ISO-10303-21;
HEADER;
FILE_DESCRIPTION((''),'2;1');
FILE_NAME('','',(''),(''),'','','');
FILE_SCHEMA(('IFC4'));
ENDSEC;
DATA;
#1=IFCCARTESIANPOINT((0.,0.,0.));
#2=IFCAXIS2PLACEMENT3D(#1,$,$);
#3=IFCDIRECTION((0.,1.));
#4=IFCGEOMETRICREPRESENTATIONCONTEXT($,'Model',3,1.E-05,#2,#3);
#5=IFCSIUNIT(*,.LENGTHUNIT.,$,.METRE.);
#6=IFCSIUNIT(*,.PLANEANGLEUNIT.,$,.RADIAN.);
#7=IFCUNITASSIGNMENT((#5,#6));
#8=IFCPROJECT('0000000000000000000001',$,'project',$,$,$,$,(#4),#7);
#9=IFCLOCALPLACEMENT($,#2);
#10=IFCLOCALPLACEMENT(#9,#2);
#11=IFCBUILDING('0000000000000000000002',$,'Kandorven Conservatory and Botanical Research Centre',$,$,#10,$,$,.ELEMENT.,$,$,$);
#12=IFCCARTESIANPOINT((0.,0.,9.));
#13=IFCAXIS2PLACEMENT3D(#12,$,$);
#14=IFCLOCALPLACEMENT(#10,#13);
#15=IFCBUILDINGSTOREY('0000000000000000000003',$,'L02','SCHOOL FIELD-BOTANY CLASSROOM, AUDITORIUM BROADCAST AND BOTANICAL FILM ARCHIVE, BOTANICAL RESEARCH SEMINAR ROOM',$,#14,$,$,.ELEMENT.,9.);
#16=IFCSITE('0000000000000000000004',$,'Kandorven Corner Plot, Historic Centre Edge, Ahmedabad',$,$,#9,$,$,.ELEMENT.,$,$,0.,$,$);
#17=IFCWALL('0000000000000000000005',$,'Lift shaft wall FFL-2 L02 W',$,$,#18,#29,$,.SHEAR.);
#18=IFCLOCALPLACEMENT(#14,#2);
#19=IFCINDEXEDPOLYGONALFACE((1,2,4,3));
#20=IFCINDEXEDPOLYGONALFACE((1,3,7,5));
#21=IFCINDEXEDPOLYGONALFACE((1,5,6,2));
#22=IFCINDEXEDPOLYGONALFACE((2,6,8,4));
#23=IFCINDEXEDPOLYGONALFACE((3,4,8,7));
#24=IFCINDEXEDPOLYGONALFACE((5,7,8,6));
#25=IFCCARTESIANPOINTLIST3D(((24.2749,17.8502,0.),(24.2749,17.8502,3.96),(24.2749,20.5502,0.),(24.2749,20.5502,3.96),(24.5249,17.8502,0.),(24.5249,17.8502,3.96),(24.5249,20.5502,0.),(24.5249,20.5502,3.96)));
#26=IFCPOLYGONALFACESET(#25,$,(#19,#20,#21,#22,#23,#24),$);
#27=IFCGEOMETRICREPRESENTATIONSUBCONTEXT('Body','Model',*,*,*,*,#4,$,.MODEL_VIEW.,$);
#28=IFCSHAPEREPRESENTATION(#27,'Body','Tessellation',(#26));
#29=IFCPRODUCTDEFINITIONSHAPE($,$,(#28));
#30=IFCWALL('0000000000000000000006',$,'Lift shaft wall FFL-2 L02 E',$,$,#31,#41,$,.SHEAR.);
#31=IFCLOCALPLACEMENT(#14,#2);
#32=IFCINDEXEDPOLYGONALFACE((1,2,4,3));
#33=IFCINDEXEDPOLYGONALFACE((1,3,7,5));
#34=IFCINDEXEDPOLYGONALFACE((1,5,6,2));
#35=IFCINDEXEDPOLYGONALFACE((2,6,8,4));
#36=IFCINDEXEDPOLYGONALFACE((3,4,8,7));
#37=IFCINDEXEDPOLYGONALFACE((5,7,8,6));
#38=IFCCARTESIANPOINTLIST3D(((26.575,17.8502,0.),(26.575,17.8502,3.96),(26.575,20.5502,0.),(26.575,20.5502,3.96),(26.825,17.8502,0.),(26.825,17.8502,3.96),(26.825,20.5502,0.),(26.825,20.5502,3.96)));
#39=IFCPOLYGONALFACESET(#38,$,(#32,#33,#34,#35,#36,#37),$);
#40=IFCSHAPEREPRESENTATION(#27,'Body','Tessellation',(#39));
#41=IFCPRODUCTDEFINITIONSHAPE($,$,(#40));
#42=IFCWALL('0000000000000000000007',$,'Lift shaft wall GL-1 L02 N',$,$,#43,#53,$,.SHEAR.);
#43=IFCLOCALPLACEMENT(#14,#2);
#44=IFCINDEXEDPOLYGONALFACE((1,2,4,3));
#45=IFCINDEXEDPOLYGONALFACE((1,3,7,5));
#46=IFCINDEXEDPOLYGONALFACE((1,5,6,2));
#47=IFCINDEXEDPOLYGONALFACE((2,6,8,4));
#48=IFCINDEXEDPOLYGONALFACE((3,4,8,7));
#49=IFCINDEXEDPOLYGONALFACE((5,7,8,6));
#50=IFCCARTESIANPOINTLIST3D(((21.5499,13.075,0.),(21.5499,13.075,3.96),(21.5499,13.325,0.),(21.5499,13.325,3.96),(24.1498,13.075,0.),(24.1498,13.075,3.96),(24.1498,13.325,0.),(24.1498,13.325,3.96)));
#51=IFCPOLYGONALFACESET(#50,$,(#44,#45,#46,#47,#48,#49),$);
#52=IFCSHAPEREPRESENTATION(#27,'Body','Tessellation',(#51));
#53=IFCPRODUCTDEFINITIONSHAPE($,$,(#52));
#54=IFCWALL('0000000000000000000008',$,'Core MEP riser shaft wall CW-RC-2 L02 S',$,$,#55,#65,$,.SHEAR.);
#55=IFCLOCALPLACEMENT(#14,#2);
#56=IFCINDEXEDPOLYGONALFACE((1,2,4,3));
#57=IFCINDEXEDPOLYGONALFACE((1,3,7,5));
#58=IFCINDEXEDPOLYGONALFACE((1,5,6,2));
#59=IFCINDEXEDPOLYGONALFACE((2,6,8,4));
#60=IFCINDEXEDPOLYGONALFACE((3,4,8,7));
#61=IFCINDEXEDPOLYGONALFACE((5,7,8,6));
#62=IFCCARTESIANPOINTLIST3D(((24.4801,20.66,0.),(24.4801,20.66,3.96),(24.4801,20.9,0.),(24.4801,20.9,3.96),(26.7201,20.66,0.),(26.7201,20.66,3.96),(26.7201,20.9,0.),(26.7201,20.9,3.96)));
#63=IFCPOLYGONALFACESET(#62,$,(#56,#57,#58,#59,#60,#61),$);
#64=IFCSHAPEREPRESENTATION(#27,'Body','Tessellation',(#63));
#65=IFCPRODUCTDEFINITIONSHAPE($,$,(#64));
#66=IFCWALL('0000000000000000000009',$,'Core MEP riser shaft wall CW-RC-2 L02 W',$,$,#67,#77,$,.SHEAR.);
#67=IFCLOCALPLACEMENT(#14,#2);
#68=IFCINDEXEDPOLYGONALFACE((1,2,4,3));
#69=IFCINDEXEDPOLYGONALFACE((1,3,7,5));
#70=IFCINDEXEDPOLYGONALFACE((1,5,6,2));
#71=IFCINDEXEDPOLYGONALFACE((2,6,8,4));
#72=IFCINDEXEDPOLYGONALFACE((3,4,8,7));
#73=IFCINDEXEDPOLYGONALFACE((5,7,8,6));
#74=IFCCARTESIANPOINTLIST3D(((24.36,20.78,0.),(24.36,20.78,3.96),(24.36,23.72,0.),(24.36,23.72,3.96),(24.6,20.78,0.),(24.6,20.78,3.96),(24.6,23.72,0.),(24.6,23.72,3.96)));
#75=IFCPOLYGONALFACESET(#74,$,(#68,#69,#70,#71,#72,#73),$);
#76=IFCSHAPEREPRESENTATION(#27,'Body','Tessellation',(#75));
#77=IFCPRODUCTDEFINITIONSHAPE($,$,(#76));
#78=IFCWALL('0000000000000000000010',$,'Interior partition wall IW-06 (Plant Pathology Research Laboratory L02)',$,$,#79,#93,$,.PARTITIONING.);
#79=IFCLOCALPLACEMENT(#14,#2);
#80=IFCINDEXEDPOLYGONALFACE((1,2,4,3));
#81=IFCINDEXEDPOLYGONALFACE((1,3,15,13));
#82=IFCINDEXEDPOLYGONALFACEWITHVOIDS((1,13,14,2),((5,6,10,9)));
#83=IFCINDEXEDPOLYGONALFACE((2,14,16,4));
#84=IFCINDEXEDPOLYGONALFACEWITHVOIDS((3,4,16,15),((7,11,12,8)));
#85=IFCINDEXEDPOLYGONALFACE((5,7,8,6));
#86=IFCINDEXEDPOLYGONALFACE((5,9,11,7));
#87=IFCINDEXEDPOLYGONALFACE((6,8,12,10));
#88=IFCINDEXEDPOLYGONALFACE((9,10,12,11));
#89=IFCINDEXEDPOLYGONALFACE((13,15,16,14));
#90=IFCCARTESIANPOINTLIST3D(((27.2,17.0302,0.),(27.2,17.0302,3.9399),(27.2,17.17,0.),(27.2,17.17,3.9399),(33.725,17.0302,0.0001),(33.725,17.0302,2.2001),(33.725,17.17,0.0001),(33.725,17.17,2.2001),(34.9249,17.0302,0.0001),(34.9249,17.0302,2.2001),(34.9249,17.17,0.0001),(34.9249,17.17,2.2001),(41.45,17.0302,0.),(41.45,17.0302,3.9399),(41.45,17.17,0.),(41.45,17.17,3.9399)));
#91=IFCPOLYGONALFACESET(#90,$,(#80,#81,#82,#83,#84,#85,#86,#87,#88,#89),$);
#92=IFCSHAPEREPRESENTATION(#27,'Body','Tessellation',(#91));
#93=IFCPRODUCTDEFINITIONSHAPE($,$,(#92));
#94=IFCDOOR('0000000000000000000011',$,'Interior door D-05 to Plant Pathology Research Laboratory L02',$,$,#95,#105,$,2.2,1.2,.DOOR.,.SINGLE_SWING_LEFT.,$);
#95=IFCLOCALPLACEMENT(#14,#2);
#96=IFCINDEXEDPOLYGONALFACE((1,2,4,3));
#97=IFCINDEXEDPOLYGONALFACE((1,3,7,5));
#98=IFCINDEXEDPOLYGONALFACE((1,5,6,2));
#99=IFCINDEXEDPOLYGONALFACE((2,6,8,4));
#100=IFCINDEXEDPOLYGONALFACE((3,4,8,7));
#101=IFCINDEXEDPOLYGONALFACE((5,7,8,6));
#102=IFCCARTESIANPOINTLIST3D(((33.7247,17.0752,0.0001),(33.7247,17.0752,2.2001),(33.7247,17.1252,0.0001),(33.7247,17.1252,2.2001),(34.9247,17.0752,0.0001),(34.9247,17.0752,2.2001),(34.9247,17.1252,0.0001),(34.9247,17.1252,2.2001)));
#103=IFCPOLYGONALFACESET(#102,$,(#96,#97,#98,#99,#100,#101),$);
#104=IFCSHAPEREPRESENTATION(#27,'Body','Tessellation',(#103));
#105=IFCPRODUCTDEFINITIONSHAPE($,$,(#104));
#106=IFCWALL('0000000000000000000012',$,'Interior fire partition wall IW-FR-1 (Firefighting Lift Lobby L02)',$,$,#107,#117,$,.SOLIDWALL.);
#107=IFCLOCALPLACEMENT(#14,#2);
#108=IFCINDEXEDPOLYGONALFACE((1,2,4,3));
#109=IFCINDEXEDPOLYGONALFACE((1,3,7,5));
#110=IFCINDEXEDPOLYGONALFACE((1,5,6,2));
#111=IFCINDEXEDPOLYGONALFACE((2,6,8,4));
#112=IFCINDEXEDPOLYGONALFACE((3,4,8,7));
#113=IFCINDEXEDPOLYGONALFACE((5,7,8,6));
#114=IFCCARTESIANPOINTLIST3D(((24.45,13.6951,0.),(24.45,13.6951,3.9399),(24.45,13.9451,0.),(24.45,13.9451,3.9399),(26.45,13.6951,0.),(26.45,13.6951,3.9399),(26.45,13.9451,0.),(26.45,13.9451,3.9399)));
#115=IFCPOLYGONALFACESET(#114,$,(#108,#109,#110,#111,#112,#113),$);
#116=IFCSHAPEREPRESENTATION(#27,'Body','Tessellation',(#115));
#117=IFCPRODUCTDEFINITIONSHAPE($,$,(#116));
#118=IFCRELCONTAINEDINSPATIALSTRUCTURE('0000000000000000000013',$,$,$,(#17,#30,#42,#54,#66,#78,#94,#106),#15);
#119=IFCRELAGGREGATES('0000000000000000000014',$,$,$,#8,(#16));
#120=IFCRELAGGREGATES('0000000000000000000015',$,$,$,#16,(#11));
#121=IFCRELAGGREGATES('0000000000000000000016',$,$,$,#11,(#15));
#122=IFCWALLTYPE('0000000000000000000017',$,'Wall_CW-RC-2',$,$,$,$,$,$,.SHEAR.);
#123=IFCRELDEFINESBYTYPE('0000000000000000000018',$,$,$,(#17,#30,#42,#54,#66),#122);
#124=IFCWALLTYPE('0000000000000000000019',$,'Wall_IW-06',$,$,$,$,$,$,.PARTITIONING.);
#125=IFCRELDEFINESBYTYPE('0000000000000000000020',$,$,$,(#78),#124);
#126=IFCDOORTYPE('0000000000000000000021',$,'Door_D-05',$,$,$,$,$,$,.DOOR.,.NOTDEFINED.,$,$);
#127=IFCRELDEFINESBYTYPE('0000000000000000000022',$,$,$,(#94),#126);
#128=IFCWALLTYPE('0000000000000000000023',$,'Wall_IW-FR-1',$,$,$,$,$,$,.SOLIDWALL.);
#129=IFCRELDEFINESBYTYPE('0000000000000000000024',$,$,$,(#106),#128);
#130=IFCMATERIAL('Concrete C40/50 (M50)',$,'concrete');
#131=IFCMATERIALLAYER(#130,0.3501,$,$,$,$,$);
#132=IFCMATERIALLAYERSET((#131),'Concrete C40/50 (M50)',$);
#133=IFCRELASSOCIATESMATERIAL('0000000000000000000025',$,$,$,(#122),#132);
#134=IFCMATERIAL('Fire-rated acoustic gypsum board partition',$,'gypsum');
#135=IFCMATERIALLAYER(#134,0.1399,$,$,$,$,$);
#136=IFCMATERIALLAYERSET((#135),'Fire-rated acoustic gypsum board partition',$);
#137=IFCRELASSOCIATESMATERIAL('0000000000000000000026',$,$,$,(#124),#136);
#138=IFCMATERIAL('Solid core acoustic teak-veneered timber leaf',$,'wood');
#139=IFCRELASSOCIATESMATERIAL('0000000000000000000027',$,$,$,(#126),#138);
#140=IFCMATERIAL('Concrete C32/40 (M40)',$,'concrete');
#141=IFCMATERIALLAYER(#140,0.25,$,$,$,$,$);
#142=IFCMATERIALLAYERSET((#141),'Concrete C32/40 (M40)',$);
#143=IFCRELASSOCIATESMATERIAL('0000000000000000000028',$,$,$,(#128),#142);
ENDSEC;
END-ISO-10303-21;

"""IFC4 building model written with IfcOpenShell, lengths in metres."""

from ifc_helpers import new_model, si_unit, direction, frame, frame_2d, origin, place, context, subcontext, project, spatial, rectangle, extrude, material, layer, layer_set, type_object, element, fill, save


model = new_model("IFC4")

# Units and contexts
model_context = context("Model", 3, precision=1e-05, world=origin(), true_north=direction((0.0, 1.0)))
body_context = subcontext(model_context, "Body", "Model", "MODEL_VIEW")
ifc_project = project(units=[si_unit("LENGTHUNIT", "METRE"), si_unit("PLANEANGLEUNIT", "RADIAN")], contexts=[model_context])

# Site, building, storey
site_placement = place(None, origin())
site = spatial("IfcSite", under=ifc_project, at=site_placement, Name="Kandorven Corner Plot, Historic Centre Edge, Ahmedabad", CompositionType="ELEMENT", RefElevation=0.0)
building_placement = place(site_placement, origin())
building = spatial("IfcBuilding", under=site, at=building_placement, Name="Kandorven Conservatory and Botanical Research Centre", CompositionType="ELEMENT")
storey_placement = place(building_placement, frame((0.0, 0.0, 9.0)))
storey = spatial("IfcBuildingStorey", under=building, at=storey_placement, Name="L02", Description="SCHOOL FIELD-BOTANY CLASSROOM, AUDITORIUM BROADCAST AND BOTANICAL FILM ARCHIVE, BOTANICAL RESEARCH SEMINAR ROOM", CompositionType="ELEMENT", Elevation=9.0)

# Shared definitions
ifc_material_1 = material(Name="Concrete C40/50 (M50)", Category="concrete")
ifc_layer_1 = layer(ifc_material_1, 0.3501)
ifc_layer_set_1 = layer_set([ifc_layer_1], Name="Concrete C40/50 (M50)")
wall_type_1 = type_object("IfcWallType", Name="Wall_CW-RC-2", PredefinedType="SHEAR", material=ifc_layer_set_1)

# Walls
for number, where, z_axis, x_axis, name in (
    (1, (24.3999, 17.8501, 0.0), (0.0, 0.0, 1.0), (0.0, 1.0, 0.0), "Lift shaft wall FFL-2 L02 W"),
    (2, (26.7, 17.8501, 0.0), (0.0, 0.0, 1.0), (0.0, 1.0, 0.0), "Lift shaft wall FFL-2 L02 E"),
):
    element("IfcWall", number, at=place(storey_placement, frame(where, z_axis=z_axis, x_axis=x_axis)), inside=storey, type_object=wall_type_1, Name=name, PredefinedType="SHEAR", context=body_context, shape_type="SweptSolid", body=[
        extrude(rectangle(XDim=2.7, YDim=0.25, at=frame_2d((1.3501, 0.0))), origin(), (0.0, 0.0, 1.0), 3.96),
    ])
wall_1_placement = place(storey_placement, frame((21.55, 13.2, 0.0), z_axis=(0.0, 0.0, 1.0), x_axis=(1.0, 0.0, 0.0)))
element("IfcWall", 3, at=wall_1_placement, inside=storey, type_object=wall_type_1, Name="Lift shaft wall GL-1 L02 N", PredefinedType="SHEAR", context=body_context, shape_type="SweptSolid", body=[
    extrude(rectangle(XDim=2.5999, YDim=0.25, at=frame_2d((1.2998, 0.0))), origin(), (0.0, 0.0, 1.0), 3.96),
])
wall_2_placement = place(storey_placement, frame((24.48, 20.78, 0.0), z_axis=(0.0, 0.0, 1.0), x_axis=(1.0, 0.0, 0.0)))
element("IfcWall", 4, at=wall_2_placement, inside=storey, type_object=wall_type_1, Name="Core MEP riser shaft wall CW-RC-2 L02 S", PredefinedType="SHEAR", context=body_context, shape_type="SweptSolid", body=[
    extrude(rectangle(XDim=2.24, YDim=0.24, at=frame_2d((1.1201, 0.0))), origin(), (0.0, 0.0, 1.0), 3.96),
])
wall_3_placement = place(storey_placement, frame((24.48, 20.78, 0.0), z_axis=(0.0, 0.0, 1.0), x_axis=(0.0, 1.0, 0.0)))
element("IfcWall", 5, at=wall_3_placement, inside=storey, type_object=wall_type_1, Name="Core MEP riser shaft wall CW-RC-2 L02 W", PredefinedType="SHEAR", context=body_context, shape_type="SweptSolid", body=[
    extrude(rectangle(XDim=2.9399, YDim=0.24, at=frame_2d((1.47, 0.0))), origin(), (0.0, 0.0, 1.0), 3.96),
])

# Wall, opening, door
ifc_material_2 = material(Name="Fire-rated acoustic gypsum board partition", Category="gypsum")
ifc_layer_2 = layer(ifc_material_2, 0.1399)
ifc_layer_set_2 = layer_set([ifc_layer_2], Name="Fire-rated acoustic gypsum board partition")
wall_type_2 = type_object("IfcWallType", Name="Wall_IW-06", PredefinedType="PARTITIONING", material=ifc_layer_set_2)
wall_4_placement = place(storey_placement, frame((27.2, 17.1001, 0.0), z_axis=(0.0, 0.0, 1.0), x_axis=(1.0, 0.0, 0.0)))
wall_4 = element("IfcWall", 6, at=wall_4_placement, inside=storey, type_object=wall_type_2, Name="Interior partition wall IW-06 (Plant Pathology Research Laboratory L02)", PredefinedType="PARTITIONING", context=body_context, shape_type="SweptSolid", body=[
    extrude(rectangle(XDim=14.25, YDim=0.1399, at=frame_2d((7.125, 0.0))), origin(), (0.0, 0.0, 1.0), 3.9399),
])
opening_1_placement = place(wall_4_placement, frame((6.5249, 0.0, 0.0)))
opening_1 = element("IfcOpeningElement", 7, at=opening_1_placement, cuts=wall_4, PredefinedType="OPENING", context=body_context, shape_type="SweptSolid", body=[
    extrude(rectangle(XDim=1.2, YDim=2.2, at=frame_2d((0.6001, 1.1001))), frame((0.0, 0.0798, 0.0), z_axis=(0.0, -1.0, 0.0), x_axis=(1.0, 0.0, 0.0)), (0.0, 0.0, 1.0), 0.1599),
])
ifc_material_3 = material(Name="Solid core acoustic teak-veneered timber leaf", Category="wood")
door_type_1 = type_object("IfcDoorType", Name="Door_D-05", OperationType="NOTDEFINED", PredefinedType="DOOR", material=ifc_material_3)
door_1_placement = place(opening_1_placement, frame((1.2, 0.0, 0.0), z_axis=(0.0, 0.0, 1.0), x_axis=(-1.0, 0.0, 0.0)))
door_1 = element("IfcDoor", 8, at=door_1_placement, inside=storey, type_object=door_type_1, Name="Interior door D-05 to Plant Pathology Research Laboratory L02", OperationType="SINGLE_SWING_LEFT", OverallHeight=2.2, OverallWidth=1.2, PredefinedType="DOOR", context=body_context, shape_type="SweptSolid", body=[
    extrude(rectangle(XDim=1.2, YDim=2.2, at=frame_2d((0.6001, 1.1001))), frame((0.0, 0.0249, 0.0), z_axis=(0.0, -1.0, 0.0), x_axis=(1.0, 0.0, 0.0)), (0.0, 0.0, 1.0), 0.05),
])
fill(opening_1, door_1)

# Wall
ifc_material_4 = material(Name="Concrete C32/40 (M40)", Category="concrete")
ifc_layer_3 = layer(ifc_material_4, 0.25)
ifc_layer_set_3 = layer_set([ifc_layer_3], Name="Concrete C32/40 (M40)")
wall_type_3 = type_object("IfcWallType", Name="Wall_IW-FR-1", PredefinedType="SOLIDWALL", material=ifc_layer_set_3)
wall_5_placement = place(storey_placement, frame((24.45, 13.8201, 0.0), z_axis=(0.0, 0.0, 1.0), x_axis=(1.0, 0.0, 0.0)))
element("IfcWall", 9, at=wall_5_placement, inside=storey, type_object=wall_type_3, Name="Interior fire partition wall IW-FR-1 (Firefighting Lift Lobby L02)", PredefinedType="SOLIDWALL", context=body_context, shape_type="SweptSolid", body=[
    extrude(rectangle(XDim=2.0, YDim=0.25, at=frame_2d((1.0, 0.0))), origin(), (0.0, 0.0, 1.0), 3.9399),
])

save(model, "model.ifc")
